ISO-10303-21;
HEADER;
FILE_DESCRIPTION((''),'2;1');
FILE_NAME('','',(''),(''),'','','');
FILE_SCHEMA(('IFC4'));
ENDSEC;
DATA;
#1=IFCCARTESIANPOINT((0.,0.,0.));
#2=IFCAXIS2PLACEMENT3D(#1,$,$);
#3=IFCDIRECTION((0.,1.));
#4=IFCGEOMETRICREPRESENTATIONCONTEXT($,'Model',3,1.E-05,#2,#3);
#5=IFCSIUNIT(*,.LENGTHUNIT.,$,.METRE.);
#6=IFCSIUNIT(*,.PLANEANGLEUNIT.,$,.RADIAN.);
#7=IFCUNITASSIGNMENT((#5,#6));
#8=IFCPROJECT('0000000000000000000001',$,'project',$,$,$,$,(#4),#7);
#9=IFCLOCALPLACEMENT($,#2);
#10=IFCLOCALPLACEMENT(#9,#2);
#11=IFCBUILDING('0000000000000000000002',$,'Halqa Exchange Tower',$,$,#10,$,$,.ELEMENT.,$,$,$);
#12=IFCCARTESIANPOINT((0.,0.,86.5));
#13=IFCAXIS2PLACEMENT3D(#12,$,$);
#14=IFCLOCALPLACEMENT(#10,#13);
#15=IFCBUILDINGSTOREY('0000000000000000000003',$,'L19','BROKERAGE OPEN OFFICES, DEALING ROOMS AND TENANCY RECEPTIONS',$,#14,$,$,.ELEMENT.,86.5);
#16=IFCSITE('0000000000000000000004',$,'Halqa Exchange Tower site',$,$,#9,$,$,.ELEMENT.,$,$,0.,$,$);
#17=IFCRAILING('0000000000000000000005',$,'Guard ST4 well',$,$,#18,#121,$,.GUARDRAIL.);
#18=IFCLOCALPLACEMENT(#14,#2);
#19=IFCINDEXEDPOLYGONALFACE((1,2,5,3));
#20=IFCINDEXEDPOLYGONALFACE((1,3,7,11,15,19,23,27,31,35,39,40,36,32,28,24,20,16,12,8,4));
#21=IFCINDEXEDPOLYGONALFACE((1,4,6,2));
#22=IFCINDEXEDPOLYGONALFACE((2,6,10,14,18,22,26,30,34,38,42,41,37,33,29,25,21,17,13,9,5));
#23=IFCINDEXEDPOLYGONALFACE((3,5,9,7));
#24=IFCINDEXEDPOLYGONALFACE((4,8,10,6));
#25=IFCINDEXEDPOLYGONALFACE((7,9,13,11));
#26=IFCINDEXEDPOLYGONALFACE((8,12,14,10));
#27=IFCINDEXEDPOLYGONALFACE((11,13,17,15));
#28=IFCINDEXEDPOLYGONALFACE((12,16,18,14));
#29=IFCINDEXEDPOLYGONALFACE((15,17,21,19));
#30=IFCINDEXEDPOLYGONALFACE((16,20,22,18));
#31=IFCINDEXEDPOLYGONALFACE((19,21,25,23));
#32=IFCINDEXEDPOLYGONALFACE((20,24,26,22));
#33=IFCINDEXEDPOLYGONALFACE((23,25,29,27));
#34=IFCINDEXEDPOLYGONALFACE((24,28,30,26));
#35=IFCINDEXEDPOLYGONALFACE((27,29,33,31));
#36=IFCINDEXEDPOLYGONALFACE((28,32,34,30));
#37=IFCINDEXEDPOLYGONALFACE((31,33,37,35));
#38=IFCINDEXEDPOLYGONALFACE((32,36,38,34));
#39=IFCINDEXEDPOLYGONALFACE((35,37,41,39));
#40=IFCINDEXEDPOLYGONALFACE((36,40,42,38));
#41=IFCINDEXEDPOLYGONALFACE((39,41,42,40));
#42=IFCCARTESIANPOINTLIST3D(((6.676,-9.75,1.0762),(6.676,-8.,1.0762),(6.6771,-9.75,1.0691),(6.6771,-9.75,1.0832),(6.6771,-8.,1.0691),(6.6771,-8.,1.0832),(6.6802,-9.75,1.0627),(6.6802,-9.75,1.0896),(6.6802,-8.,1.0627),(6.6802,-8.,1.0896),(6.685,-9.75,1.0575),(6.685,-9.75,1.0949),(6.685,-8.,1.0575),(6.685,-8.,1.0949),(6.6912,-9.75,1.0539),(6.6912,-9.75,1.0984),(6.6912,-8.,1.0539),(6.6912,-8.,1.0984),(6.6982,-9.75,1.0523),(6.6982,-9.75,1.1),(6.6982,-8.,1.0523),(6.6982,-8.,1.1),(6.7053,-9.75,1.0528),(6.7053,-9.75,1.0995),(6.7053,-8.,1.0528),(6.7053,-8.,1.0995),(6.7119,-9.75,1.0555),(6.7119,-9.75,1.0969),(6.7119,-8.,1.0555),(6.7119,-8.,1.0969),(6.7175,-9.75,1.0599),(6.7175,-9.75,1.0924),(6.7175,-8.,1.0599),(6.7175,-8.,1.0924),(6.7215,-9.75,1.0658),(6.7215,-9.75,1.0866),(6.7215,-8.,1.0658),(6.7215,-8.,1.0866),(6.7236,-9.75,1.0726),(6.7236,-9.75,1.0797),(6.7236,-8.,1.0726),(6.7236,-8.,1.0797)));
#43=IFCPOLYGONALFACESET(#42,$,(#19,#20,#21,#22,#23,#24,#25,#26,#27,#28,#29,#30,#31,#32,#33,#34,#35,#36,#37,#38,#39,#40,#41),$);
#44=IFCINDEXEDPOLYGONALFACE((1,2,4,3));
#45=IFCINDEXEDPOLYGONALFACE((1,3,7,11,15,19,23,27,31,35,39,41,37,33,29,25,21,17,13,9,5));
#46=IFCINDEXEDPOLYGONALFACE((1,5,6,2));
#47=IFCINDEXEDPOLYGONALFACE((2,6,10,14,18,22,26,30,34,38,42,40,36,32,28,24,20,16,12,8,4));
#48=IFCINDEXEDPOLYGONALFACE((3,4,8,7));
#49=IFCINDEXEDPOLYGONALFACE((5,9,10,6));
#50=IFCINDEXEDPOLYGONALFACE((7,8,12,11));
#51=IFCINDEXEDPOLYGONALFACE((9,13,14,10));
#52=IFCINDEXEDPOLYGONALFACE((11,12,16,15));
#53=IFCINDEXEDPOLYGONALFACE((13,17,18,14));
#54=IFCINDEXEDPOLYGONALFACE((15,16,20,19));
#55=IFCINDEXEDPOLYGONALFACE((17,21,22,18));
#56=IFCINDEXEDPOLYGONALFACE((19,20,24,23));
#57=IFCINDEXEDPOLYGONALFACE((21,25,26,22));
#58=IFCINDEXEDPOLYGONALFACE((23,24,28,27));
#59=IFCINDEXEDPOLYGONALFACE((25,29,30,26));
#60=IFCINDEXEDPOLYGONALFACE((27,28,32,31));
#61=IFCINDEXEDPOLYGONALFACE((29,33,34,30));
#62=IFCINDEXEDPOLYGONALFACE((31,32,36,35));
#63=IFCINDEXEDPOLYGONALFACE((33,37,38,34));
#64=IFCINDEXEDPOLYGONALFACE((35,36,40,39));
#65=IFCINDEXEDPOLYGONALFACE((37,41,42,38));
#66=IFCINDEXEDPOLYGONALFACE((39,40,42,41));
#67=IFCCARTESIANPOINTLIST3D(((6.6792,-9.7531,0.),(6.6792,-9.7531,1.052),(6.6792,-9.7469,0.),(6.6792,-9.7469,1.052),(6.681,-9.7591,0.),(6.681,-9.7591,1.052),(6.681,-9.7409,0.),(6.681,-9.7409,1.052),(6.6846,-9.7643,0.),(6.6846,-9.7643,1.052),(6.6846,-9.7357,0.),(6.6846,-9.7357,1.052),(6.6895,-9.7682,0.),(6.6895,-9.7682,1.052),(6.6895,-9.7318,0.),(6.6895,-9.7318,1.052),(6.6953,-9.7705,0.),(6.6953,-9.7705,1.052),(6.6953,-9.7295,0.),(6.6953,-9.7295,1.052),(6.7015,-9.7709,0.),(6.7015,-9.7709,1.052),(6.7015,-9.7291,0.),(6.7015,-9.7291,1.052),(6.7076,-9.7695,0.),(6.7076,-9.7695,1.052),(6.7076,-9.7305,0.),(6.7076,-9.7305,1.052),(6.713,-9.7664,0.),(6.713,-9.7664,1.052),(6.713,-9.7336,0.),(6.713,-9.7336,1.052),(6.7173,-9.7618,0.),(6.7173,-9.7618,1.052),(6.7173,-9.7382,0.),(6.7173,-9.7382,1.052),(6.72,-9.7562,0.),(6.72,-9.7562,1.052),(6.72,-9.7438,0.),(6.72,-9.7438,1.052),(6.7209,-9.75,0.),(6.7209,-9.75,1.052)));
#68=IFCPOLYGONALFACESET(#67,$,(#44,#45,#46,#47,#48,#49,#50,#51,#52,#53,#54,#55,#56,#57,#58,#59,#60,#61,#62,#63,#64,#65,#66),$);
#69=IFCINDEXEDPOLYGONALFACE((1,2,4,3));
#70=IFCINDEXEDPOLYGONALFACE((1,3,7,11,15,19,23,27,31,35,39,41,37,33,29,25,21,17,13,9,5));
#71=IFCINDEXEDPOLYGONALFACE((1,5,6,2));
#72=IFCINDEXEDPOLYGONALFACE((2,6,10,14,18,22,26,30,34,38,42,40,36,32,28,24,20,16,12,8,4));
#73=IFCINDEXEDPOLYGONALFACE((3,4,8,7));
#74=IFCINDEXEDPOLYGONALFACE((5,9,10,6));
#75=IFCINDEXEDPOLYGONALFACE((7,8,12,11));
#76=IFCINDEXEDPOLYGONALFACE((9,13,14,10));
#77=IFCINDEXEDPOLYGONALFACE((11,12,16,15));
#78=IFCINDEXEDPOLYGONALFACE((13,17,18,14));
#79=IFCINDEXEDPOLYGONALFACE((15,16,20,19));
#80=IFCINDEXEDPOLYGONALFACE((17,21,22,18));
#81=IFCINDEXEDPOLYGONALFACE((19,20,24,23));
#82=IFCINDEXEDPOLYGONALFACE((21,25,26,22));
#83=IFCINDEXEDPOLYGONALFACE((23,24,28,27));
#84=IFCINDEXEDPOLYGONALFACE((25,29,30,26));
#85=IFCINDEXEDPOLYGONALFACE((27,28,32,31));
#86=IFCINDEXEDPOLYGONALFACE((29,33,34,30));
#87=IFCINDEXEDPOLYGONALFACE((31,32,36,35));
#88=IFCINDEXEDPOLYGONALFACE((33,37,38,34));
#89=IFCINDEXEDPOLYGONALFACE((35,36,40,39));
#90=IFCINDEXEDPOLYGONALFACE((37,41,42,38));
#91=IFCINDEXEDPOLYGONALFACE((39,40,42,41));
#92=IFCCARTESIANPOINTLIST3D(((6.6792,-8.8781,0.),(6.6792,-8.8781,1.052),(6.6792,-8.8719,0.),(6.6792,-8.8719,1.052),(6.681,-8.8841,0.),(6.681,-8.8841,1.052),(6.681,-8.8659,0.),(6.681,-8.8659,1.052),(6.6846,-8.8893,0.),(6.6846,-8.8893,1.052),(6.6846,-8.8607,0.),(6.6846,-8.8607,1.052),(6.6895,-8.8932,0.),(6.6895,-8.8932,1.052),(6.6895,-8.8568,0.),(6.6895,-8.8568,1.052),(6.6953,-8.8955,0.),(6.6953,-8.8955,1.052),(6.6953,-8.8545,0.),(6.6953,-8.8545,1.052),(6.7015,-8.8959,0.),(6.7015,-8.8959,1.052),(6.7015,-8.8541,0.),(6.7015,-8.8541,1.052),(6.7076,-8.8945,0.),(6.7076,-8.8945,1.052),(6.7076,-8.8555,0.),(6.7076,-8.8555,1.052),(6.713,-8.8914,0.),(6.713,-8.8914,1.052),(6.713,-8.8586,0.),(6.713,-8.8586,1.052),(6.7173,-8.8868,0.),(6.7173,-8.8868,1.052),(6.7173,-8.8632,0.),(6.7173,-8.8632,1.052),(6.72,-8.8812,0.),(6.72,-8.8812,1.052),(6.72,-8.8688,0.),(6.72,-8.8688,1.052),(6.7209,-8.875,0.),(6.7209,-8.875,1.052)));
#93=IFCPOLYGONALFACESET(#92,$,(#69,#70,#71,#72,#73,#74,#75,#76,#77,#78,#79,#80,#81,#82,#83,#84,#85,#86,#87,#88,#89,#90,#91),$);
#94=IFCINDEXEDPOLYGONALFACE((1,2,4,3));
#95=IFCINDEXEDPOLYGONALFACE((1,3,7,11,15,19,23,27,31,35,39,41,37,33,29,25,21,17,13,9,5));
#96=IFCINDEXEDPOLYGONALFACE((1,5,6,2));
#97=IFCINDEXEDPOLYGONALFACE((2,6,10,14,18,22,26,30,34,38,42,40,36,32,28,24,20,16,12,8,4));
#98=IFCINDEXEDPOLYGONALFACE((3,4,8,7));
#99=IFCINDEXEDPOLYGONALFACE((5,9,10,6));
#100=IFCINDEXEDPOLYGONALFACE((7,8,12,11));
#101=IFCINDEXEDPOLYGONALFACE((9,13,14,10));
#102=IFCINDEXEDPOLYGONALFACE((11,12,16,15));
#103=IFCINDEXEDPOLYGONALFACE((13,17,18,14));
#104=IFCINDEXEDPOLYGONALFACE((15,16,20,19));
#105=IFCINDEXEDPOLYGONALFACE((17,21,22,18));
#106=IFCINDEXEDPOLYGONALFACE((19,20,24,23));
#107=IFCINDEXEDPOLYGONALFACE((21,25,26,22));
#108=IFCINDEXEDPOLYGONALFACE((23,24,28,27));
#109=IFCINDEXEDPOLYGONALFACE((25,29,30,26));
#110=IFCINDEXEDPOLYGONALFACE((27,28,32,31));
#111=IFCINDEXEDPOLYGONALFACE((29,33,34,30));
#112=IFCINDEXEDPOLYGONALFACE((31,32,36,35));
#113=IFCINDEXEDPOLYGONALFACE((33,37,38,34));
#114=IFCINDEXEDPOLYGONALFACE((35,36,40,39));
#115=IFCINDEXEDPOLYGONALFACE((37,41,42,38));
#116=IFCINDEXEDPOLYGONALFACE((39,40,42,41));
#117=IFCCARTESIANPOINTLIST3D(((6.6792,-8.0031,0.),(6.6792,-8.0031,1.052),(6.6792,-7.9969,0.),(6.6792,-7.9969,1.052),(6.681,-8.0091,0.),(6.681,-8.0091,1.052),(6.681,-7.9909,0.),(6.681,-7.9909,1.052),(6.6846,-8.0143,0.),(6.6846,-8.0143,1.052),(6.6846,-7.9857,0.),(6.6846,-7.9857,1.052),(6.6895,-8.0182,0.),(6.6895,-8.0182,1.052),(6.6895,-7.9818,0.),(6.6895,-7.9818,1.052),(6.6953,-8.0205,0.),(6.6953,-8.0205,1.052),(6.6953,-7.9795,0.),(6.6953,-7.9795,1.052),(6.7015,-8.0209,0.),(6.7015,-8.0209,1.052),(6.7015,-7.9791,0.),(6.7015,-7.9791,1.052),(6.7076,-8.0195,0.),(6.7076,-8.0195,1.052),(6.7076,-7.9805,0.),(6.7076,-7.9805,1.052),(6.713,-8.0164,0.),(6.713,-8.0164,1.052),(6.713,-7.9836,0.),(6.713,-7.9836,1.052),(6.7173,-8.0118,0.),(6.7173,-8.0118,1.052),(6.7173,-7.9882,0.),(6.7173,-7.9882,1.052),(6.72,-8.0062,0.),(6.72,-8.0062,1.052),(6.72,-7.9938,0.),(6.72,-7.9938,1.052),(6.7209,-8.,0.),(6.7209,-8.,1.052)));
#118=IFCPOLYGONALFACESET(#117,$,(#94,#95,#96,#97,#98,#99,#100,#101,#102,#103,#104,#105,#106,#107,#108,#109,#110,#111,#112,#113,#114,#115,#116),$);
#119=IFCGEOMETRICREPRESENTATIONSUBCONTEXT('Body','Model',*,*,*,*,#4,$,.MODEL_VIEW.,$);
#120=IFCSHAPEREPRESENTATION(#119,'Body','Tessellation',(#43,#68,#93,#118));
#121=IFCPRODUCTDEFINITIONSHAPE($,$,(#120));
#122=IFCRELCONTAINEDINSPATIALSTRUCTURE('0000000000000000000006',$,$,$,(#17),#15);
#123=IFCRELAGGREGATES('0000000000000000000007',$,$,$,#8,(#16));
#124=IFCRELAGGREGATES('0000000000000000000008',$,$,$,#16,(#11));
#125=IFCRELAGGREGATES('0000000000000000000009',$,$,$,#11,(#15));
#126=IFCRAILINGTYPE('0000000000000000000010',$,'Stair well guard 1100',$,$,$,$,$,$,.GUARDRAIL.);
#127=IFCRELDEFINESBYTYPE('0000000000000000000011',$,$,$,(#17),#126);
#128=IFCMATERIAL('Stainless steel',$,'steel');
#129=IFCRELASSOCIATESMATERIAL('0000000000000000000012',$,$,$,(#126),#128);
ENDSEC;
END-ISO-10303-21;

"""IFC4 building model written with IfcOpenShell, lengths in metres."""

from ifc_helpers import new_model, si_unit, direction, frame, origin, origin_2d, place, context, subcontext, project, spatial, circle, extrude, material, type_object, element, save


model = new_model("IFC4")

# Units and contexts
model_context = context("Model", 3, precision=1e-05, world=origin(), true_north=direction((0.0, 1.0)))
body_context = subcontext(model_context, "Body", "Model", "MODEL_VIEW")
ifc_project = project(units=[si_unit("LENGTHUNIT", "METRE"), si_unit("PLANEANGLEUNIT", "RADIAN")], contexts=[model_context])

# Site, building, storey
site_placement = place(None, origin())
site = spatial("IfcSite", under=ifc_project, at=site_placement, Name="Halqa Exchange Tower site", CompositionType="ELEMENT", RefElevation=0.0)
building_placement = place(site_placement, origin())
building = spatial("IfcBuilding", under=site, at=building_placement, Name="Halqa Exchange Tower", CompositionType="ELEMENT")
storey_placement = place(building_placement, frame((0.0, 0.0, 86.5)))
storey = spatial("IfcBuildingStorey", under=building, at=storey_placement, Name="L19", Description="BROKERAGE OPEN OFFICES, DEALING ROOMS AND TENANCY RECEPTIONS", CompositionType="ELEMENT", Elevation=86.5)

# Railing
ifc_material_1 = material(Name="Stainless steel", Category="steel")
railing_type_1 = type_object("IfcRailingType", Name="Stair well guard 1100", PredefinedType="GUARDRAIL", material=ifc_material_1)
railing_1_placement = place(storey_placement, frame((6.7, -9.75, 0.0)))
element("IfcRailing", 1, at=railing_1_placement, inside=storey, type_object=railing_type_1, Name="Guard ST4 well", PredefinedType="GUARDRAIL", context=body_context, shape_type="SweptSolid", body=[
    extrude(circle(Radius=0.0239, at=origin_2d()), frame((0.0, 0.0, 1.0762), z_axis=(0.0, 1.0, 0.0), x_axis=(-1.0, 0.0, 0.0)), (0.0, 0.0, 1.0), 1.75),
    extrude(circle(Radius=0.021, at=origin_2d()), origin(), (0.0, 0.0, 1.0), 1.052),
    extrude(circle(Radius=0.021, at=origin_2d()), frame((0.0, 0.875, 0.0)), (0.0, 0.0, 1.0), 1.052),
    extrude(circle(Radius=0.021, at=origin_2d()), frame((0.0, 1.75, 0.0)), (0.0, 0.0, 1.0), 1.052),
])

save(model, "model.ifc")
